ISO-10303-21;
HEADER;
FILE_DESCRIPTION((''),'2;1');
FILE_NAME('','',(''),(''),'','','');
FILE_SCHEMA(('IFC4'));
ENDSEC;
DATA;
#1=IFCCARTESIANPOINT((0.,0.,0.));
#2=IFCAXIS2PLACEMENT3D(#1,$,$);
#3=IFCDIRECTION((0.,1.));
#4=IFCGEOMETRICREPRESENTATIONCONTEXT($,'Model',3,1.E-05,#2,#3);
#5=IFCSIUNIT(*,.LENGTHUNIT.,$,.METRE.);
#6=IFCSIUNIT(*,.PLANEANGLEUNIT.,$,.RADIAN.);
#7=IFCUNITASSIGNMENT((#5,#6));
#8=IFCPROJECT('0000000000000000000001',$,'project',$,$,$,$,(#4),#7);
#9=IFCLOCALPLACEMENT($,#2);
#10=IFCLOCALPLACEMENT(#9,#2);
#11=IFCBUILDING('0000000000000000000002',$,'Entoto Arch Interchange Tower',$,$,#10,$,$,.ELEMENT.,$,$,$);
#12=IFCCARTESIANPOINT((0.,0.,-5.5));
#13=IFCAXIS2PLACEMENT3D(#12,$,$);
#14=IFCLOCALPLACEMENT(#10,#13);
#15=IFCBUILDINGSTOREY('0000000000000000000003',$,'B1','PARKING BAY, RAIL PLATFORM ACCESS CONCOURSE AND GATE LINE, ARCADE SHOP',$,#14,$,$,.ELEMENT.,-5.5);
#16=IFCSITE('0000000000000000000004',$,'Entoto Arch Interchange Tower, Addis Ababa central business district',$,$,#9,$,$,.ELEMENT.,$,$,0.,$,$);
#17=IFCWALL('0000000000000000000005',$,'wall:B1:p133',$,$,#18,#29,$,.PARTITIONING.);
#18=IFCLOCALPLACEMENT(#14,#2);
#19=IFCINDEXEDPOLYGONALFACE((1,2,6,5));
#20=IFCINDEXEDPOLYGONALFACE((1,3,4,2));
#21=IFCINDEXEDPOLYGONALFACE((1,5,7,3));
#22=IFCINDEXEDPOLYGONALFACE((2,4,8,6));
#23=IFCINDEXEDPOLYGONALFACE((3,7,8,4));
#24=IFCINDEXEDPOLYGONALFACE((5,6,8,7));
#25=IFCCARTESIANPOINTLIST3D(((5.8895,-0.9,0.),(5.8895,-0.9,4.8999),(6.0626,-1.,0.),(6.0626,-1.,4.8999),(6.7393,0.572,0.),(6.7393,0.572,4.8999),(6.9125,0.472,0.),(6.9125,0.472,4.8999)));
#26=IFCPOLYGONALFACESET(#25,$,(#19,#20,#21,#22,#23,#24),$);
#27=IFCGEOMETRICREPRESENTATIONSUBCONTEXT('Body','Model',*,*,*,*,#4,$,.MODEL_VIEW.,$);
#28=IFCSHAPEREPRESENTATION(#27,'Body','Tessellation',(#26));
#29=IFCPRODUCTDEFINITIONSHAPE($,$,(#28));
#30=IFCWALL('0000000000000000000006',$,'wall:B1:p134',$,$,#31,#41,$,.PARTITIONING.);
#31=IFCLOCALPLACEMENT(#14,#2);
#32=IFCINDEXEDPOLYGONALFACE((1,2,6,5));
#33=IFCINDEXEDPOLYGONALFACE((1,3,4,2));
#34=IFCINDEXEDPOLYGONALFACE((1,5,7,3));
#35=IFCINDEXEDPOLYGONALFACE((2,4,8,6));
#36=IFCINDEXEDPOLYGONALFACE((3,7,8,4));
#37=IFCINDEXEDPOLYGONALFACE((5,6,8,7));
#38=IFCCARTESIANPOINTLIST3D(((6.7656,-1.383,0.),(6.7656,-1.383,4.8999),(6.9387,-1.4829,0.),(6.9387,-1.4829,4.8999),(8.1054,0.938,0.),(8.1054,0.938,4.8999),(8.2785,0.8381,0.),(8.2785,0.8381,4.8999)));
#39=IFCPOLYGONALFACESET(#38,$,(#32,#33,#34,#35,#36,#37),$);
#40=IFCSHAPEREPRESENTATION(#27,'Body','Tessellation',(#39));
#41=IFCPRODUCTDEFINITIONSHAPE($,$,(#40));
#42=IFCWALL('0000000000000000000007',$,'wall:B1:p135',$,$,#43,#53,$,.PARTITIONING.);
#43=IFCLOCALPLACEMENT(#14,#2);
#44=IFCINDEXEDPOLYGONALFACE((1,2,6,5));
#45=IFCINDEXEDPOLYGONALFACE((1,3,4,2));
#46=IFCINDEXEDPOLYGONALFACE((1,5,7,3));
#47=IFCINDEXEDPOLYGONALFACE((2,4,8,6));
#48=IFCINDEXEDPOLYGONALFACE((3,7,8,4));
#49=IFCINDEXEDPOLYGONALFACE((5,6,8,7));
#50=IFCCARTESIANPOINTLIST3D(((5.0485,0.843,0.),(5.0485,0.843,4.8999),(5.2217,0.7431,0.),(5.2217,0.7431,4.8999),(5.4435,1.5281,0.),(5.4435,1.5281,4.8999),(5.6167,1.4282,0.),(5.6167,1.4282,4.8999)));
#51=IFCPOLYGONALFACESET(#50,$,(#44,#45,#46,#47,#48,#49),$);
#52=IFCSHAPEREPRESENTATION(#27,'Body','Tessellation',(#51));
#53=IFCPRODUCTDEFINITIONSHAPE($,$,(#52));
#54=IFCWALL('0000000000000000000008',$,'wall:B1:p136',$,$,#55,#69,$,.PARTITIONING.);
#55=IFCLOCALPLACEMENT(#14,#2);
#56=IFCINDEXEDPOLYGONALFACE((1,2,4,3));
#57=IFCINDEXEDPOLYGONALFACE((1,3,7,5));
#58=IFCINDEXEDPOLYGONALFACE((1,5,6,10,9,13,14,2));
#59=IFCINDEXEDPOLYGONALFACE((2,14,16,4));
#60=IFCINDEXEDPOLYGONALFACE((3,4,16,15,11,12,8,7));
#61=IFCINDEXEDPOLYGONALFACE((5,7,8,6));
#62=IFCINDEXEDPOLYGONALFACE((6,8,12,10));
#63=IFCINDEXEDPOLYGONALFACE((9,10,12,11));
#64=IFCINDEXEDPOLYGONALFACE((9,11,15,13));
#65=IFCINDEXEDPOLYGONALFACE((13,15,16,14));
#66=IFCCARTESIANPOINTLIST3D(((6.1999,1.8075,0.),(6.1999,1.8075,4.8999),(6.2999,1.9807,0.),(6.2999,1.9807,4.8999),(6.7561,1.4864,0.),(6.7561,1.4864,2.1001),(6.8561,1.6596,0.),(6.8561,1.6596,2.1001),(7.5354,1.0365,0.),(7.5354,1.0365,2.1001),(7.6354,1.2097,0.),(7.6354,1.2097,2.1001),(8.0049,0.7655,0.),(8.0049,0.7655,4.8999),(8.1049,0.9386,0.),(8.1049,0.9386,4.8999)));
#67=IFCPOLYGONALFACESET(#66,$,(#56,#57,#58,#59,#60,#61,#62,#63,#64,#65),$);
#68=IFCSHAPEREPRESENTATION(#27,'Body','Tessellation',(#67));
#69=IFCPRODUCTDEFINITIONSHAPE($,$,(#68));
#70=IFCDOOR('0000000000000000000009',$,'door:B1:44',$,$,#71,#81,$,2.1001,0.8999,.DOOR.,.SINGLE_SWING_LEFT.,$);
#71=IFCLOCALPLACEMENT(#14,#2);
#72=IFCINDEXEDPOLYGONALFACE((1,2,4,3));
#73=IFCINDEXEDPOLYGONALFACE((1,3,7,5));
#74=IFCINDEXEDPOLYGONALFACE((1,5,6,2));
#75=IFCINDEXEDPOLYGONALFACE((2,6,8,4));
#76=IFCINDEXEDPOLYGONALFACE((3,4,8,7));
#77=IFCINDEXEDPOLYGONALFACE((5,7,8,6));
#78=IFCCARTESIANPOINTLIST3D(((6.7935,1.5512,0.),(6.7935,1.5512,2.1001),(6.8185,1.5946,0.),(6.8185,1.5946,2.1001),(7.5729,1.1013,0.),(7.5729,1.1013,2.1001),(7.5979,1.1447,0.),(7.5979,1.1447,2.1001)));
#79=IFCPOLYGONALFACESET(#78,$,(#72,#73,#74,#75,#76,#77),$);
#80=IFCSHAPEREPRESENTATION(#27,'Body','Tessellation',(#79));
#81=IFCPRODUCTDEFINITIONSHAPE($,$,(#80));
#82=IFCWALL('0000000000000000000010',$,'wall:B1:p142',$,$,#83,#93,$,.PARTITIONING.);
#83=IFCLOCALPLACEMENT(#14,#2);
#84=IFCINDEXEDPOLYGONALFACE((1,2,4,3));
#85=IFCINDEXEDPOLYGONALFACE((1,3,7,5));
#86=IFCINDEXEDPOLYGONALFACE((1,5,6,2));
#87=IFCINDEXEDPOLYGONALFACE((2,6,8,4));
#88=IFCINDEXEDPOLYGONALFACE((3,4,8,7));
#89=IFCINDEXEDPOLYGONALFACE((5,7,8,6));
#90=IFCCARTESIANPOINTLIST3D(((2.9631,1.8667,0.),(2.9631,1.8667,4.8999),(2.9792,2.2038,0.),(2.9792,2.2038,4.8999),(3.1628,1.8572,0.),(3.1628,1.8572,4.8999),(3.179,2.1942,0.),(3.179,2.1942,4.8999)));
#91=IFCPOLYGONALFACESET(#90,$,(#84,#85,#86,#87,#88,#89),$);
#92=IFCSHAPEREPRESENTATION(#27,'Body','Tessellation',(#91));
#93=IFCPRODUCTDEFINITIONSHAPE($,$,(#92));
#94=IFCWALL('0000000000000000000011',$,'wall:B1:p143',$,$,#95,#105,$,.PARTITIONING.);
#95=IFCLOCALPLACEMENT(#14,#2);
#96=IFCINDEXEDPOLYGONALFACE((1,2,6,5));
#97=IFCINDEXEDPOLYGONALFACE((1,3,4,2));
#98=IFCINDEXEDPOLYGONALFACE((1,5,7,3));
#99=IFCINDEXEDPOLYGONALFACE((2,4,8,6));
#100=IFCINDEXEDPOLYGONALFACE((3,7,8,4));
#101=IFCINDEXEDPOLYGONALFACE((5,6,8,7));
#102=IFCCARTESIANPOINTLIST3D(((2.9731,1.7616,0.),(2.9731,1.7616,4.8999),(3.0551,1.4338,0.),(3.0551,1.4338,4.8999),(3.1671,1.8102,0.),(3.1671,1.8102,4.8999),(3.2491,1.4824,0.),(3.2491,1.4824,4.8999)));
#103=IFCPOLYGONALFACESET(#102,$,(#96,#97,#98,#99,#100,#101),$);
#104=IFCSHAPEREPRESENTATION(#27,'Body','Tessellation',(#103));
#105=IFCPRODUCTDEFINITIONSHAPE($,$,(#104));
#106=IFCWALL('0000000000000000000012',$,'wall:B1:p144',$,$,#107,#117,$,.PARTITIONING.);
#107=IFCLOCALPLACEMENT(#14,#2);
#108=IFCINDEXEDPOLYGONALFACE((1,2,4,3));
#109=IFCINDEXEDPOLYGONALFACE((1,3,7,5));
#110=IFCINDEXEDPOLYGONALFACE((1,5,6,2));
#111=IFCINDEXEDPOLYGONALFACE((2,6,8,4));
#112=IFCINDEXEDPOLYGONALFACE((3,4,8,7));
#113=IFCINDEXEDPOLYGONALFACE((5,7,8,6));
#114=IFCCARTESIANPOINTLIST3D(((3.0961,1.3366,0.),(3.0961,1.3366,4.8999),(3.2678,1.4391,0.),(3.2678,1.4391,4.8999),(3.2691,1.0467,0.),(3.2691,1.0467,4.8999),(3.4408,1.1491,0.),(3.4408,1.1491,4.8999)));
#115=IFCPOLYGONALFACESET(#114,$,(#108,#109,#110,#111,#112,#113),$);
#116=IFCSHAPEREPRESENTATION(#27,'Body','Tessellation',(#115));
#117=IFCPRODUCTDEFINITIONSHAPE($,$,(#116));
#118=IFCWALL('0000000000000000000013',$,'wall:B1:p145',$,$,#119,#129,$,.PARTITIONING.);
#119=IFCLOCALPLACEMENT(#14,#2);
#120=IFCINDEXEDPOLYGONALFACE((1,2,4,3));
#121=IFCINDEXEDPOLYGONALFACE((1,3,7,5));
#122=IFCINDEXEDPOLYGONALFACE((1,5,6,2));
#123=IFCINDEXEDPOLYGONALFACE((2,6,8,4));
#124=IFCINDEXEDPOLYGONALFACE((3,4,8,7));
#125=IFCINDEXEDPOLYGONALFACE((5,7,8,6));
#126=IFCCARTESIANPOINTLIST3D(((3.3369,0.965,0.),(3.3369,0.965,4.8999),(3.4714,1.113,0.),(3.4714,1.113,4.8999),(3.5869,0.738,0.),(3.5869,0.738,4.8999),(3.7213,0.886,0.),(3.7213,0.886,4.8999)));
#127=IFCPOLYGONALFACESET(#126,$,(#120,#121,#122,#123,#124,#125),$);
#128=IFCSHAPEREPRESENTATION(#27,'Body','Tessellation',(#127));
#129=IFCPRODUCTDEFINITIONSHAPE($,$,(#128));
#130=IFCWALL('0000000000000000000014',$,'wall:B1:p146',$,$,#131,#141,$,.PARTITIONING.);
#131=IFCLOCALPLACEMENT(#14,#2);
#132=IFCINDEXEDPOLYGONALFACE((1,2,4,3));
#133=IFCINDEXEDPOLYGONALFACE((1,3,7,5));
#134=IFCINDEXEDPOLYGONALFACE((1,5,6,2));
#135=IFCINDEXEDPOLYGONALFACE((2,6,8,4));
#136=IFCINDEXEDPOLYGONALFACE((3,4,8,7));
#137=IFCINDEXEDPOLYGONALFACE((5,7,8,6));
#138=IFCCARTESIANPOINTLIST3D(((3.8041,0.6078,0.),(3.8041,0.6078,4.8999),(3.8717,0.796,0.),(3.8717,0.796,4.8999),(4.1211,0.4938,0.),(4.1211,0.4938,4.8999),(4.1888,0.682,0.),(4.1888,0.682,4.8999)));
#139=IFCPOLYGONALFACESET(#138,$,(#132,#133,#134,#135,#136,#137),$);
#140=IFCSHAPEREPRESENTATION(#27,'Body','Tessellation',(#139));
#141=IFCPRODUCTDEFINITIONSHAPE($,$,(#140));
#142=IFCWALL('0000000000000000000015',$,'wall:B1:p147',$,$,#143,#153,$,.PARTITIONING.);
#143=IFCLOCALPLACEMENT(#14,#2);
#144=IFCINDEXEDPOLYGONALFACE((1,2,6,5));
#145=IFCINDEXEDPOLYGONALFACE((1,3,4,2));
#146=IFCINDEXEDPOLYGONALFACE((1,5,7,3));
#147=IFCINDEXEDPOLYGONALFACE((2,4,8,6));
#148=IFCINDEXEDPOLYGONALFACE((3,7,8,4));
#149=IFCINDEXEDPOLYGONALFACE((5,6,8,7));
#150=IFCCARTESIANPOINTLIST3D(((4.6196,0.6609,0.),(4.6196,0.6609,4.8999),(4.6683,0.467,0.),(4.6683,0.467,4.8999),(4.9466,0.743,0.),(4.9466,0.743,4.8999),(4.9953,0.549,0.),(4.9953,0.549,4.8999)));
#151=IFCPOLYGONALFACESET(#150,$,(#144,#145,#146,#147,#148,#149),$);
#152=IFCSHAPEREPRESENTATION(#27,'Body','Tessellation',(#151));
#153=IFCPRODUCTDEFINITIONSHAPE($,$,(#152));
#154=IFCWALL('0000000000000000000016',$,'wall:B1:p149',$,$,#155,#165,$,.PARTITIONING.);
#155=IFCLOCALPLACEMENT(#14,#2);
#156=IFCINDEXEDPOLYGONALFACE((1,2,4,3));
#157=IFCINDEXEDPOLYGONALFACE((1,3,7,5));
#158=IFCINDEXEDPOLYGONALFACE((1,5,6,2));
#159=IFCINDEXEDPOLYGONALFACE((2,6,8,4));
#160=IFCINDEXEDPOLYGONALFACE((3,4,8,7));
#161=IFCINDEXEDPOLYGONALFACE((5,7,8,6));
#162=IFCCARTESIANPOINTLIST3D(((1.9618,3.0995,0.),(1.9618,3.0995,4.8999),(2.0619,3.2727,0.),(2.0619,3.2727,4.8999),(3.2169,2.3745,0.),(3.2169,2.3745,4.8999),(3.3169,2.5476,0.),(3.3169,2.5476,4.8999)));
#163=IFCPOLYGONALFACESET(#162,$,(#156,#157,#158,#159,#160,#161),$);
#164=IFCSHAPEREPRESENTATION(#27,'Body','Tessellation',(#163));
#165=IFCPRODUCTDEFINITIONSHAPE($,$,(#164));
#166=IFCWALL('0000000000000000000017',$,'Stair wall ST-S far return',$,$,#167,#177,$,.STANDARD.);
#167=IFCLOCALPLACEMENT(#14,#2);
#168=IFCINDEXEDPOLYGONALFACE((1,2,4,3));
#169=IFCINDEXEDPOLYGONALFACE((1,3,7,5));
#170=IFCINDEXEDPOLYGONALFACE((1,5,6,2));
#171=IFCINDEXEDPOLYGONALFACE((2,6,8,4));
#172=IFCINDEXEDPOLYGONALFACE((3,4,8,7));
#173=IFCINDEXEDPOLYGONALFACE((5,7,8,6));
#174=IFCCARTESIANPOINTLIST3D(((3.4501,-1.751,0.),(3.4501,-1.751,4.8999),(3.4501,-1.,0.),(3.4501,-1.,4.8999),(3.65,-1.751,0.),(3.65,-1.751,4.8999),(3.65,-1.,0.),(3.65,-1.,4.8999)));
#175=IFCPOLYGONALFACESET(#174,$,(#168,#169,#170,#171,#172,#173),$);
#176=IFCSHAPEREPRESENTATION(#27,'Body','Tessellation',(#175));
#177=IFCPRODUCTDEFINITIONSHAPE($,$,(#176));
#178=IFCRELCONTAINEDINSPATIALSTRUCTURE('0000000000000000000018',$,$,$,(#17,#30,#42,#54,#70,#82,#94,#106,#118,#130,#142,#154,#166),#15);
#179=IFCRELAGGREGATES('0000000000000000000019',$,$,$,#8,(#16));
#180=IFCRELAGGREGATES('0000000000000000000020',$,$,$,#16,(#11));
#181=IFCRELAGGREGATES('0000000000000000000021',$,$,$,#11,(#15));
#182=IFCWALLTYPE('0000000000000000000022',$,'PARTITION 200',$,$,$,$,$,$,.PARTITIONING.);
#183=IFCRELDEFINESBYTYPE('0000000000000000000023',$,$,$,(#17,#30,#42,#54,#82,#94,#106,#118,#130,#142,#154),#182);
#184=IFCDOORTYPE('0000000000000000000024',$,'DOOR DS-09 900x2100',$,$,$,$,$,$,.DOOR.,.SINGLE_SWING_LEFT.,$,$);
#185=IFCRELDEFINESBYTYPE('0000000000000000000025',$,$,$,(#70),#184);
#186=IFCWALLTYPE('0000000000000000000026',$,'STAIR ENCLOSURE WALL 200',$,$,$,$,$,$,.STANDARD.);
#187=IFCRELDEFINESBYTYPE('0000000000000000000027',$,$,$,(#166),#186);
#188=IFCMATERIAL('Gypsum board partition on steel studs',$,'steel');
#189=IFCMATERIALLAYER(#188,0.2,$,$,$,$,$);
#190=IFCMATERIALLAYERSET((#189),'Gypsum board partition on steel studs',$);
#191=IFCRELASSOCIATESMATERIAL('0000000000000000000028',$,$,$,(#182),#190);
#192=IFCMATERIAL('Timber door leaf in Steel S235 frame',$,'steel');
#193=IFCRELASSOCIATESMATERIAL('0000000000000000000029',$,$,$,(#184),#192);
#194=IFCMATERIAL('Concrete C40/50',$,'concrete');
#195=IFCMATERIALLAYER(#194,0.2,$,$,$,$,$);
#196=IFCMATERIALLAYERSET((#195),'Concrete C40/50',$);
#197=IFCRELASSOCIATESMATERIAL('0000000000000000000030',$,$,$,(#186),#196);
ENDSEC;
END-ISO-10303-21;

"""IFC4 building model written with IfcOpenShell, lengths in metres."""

from ifc_helpers import new_model, si_unit, direction, frame, frame_2d, origin, place, context, subcontext, project, spatial, rectangle, extrude, material, layer, layer_set, type_object, element, fill, save


model = new_model("IFC4")

# Units and contexts
model_context = context("Model", 3, precision=1e-05, world=origin(), true_north=direction((0.0, 1.0)))
body_context = subcontext(model_context, "Body", "Model", "MODEL_VIEW")
ifc_project = project(units=[si_unit("LENGTHUNIT", "METRE"), si_unit("PLANEANGLEUNIT", "RADIAN")], contexts=[model_context])

# Site, building, storey
site_placement = place(None, origin())
site = spatial("IfcSite", under=ifc_project, at=site_placement, Name="Entoto Arch Interchange Tower, Addis Ababa central business district", CompositionType="ELEMENT", RefElevation=0.0)
building_placement = place(site_placement, origin())
building = spatial("IfcBuilding", under=site, at=building_placement, Name="Entoto Arch Interchange Tower", CompositionType="ELEMENT")
storey_placement = place(building_placement, frame((0.0, 0.0, -5.5)))
storey = spatial("IfcBuildingStorey", under=building, at=storey_placement, Name="B1", Description="PARKING BAY, RAIL PLATFORM ACCESS CONCOURSE AND GATE LINE, ARCADE SHOP", CompositionType="ELEMENT", Elevation=-5.5)

# Shared definitions
ifc_material_1 = material(Name="Concrete C40/50", Category="concrete")

# Walls
ifc_material_2 = material(Name="Gypsum board partition on steel studs", Category="steel")
ifc_layer_1 = layer(ifc_material_2, 0.2)
ifc_layer_set_1 = layer_set([ifc_layer_1], Name="Gypsum board partition on steel studs")
wall_type_1 = type_object("IfcWallType", Name="PARTITION 200", PredefinedType="PARTITIONING", material=ifc_layer_set_1)
wall_1_placement = place(storey_placement, frame((6.8259, 0.522, 0.0), z_axis=(0.0, 0.0, 1.0), x_axis=(-0.500017, -0.866016, 0.0)))
element("IfcWall", 1, at=wall_1_placement, inside=storey, type_object=wall_type_1, Name="wall:B1:p133", PredefinedType="PARTITIONING", context=body_context, shape_type="SweptSolid", body=[
    extrude(rectangle(XDim=1.6997, YDim=0.2, at=frame_2d((0.8499, 0.0))), origin(), (0.0, 0.0, 1.0), 4.8999),
])
wall_2_placement = place(storey_placement, frame((8.1919, 0.8879, 0.0), z_axis=(0.0, 0.0, 1.0), x_axis=(-0.499941, -0.86606, 0.0)))
element("IfcWall", 2, at=wall_2_placement, inside=storey, type_object=wall_type_1, Name="wall:B1:p134", PredefinedType="PARTITIONING", context=body_context, shape_type="SweptSolid", body=[
    extrude(rectangle(XDim=2.6799, YDim=0.2, at=frame_2d((1.3398, 0.0))), origin(), (0.0, 0.0, 1.0), 4.8999),
])
wall_3_placement = place(storey_placement, frame((5.135, 0.793, 0.0), z_axis=(0.0, 0.0, 1.0), x_axis=(0.499526, 0.866299, 0.0)))
element("IfcWall", 3, at=wall_3_placement, inside=storey, type_object=wall_type_1, Name="wall:B1:p135", PredefinedType="PARTITIONING", context=body_context, shape_type="SweptSolid", body=[
    extrude(rectangle(XDim=0.7908, YDim=0.2, at=frame_2d((0.3955, 0.0))), origin(), (0.0, 0.0, 1.0), 4.8999),
])

# Wall, opening, door
wall_4_placement = place(storey_placement, frame((6.25, 1.894, 0.0), z_axis=(0.0, 0.0, 1.0), x_axis=(0.866043, -0.499969, 0.0)))
wall_4 = element("IfcWall", 4, at=wall_4_placement, inside=storey, type_object=wall_type_1, Name="wall:B1:p136", PredefinedType="PARTITIONING", context=body_context, shape_type="SweptSolid", body=[
    extrude(rectangle(XDim=2.0842, YDim=0.2, at=frame_2d((1.042, 0.0))), origin(), (0.0, 0.0, 1.0), 4.8999),
])
opening_1_placement = place(wall_4_placement, frame((0.6421, 0.0, 0.0)))
opening_1 = element("IfcOpeningElement", 5, at=opening_1_placement, cuts=wall_4, PredefinedType="OPENING", context=body_context, shape_type="SweptSolid", body=[
    extrude(rectangle(XDim=0.8999, YDim=2.1001, at=frame_2d((0.45, 1.05))), frame((0.0, 0.1099, 0.0), z_axis=(0.0, -1.0, 0.0), x_axis=(1.0, 0.0, 0.0)), (0.0, 0.0, 1.0), 0.22),
])
ifc_material_3 = material(Name="Timber door leaf in Steel S235 frame", Category="steel")
door_type_1 = type_object("IfcDoorType", Name="DOOR DS-09 900x2100", OperationType="SINGLE_SWING_LEFT", PredefinedType="DOOR", material=ifc_material_3)
door_1_placement = place(opening_1_placement, origin())
door_1 = element("IfcDoor", 6, at=door_1_placement, inside=storey, type_object=door_type_1, Name="door:B1:44", OperationType="SINGLE_SWING_LEFT", OverallHeight=2.1001, OverallWidth=0.8999, PredefinedType="DOOR", context=body_context, shape_type="SweptSolid", body=[
    extrude(rectangle(XDim=0.8999, YDim=2.1001, at=frame_2d((0.45, 1.05))), frame((0.0, 0.0249, 0.0), z_axis=(0.0, -1.0, 0.0), x_axis=(1.0, 0.0, 0.0)), (0.0, 0.0, 1.0), 0.05),
])
fill(opening_1, door_1)

# Walls
wall_5_placement = place(storey_placement, frame((3.0791, 2.199, 0.0), z_axis=(0.0, 0.0, 1.0), x_axis=(-0.047771, -0.998858, 0.0)))
element("IfcWall", 7, at=wall_5_placement, inside=storey, type_object=wall_type_1, Name="wall:B1:p142", PredefinedType="PARTITIONING", context=body_context, shape_type="SweptSolid", body=[
    extrude(rectangle(XDim=0.3374, YDim=0.2, at=frame_2d((0.1687, 0.0))), origin(), (0.0, 0.0, 1.0), 4.8999),
])
wall_6_placement = place(storey_placement, frame((3.0701, 1.7859, 0.0), z_axis=(0.0, 0.0, 1.0), x_axis=(0.242706, -0.9701, 0.0)))
element("IfcWall", 8, at=wall_6_placement, inside=storey, type_object=wall_type_1, Name="wall:B1:p143", PredefinedType="PARTITIONING", context=body_context, shape_type="SweptSolid", body=[
    extrude(rectangle(XDim=0.3379, YDim=0.2, at=frame_2d((0.1689, 0.0))), origin(), (0.0, 0.0, 1.0), 4.8999),
])
for number, where, z_axis, x_axis, name in (
    (9, (3.1819, 1.3879, 0.0), (0.0, 0.0, 1.0), (0.512475, -0.858702, 0.0), "wall:B1:p144"),
    (10, (3.4041, 1.0391, 0.0), (0.0, 0.0, 1.0), (0.740267, -0.672313, 0.0), "wall:B1:p145"),
):
    element("IfcWall", number, at=place(storey_placement, frame(where, z_axis=z_axis, x_axis=x_axis)), inside=storey, type_object=wall_type_1, Name=name, PredefinedType="PARTITIONING", context=body_context, shape_type="SweptSolid", body=[
        extrude(rectangle(XDim=0.3376, YDim=0.2, at=frame_2d((0.1689, 0.0))), origin(), (0.0, 0.0, 1.0), 4.8999),
    ])
wall_7_placement = place(storey_placement, frame((3.8379, 0.7019, 0.0), z_axis=(0.0, 0.0, 1.0), x_axis=(0.941035, -0.338309, 0.0)))
element("IfcWall", 11, at=wall_7_placement, inside=storey, type_object=wall_type_1, Name="wall:B1:p146", PredefinedType="PARTITIONING", context=body_context, shape_type="SweptSolid", body=[
    extrude(rectangle(XDim=0.3369, YDim=0.2, at=frame_2d((0.1685, 0.0))), origin(), (0.0, 0.0, 1.0), 4.8999),
])
wall_8_placement = place(storey_placement, frame((4.644, 0.564, 0.0), z_axis=(0.0, 0.0, 1.0), x_axis=(0.969929, 0.243388, 0.0)))
element("IfcWall", 12, at=wall_8_placement, inside=storey, type_object=wall_type_1, Name="wall:B1:p147", PredefinedType="PARTITIONING", context=body_context, shape_type="SweptSolid", body=[
    extrude(rectangle(XDim=0.3372, YDim=0.2, at=frame_2d((0.1685, 0.0))), origin(), (0.0, 0.0, 1.0), 4.8999),
])
wall_9_placement = place(storey_placement, frame((2.012, 3.186, 0.0), z_axis=(0.0, 0.0, 1.0), x_axis=(0.865891, -0.500233, 0.0)))
element("IfcWall", 13, at=wall_9_placement, inside=storey, type_object=wall_type_1, Name="wall:B1:p149", PredefinedType="PARTITIONING", context=body_context, shape_type="SweptSolid", body=[
    extrude(rectangle(XDim=1.4495, YDim=0.2, at=frame_2d((0.7246, 0.0))), origin(), (0.0, 0.0, 1.0), 4.8999),
])
ifc_layer_2 = layer(ifc_material_1, 0.2)
ifc_layer_set_2 = layer_set([ifc_layer_2], Name="Concrete C40/50")
wall_type_2 = type_object("IfcWallType", Name="STAIR ENCLOSURE WALL 200", PredefinedType="STANDARD", material=ifc_layer_set_2)
wall_10_placement = place(storey_placement, frame((3.55, -1.0, 0.0), z_axis=(0.0, 0.0, 1.0), x_axis=(0.0, -1.0, 0.0)))
element("IfcWall", 14, at=wall_10_placement, inside=storey, type_object=wall_type_2, Name="Stair wall ST-S far return", PredefinedType="STANDARD", context=body_context, shape_type="SweptSolid", body=[
    extrude(rectangle(XDim=0.751, YDim=0.2, at=frame_2d((0.3755, 0.0))), origin(), (0.0, 0.0, 1.0), 4.8999),
])

save(model, "model.ifc")
